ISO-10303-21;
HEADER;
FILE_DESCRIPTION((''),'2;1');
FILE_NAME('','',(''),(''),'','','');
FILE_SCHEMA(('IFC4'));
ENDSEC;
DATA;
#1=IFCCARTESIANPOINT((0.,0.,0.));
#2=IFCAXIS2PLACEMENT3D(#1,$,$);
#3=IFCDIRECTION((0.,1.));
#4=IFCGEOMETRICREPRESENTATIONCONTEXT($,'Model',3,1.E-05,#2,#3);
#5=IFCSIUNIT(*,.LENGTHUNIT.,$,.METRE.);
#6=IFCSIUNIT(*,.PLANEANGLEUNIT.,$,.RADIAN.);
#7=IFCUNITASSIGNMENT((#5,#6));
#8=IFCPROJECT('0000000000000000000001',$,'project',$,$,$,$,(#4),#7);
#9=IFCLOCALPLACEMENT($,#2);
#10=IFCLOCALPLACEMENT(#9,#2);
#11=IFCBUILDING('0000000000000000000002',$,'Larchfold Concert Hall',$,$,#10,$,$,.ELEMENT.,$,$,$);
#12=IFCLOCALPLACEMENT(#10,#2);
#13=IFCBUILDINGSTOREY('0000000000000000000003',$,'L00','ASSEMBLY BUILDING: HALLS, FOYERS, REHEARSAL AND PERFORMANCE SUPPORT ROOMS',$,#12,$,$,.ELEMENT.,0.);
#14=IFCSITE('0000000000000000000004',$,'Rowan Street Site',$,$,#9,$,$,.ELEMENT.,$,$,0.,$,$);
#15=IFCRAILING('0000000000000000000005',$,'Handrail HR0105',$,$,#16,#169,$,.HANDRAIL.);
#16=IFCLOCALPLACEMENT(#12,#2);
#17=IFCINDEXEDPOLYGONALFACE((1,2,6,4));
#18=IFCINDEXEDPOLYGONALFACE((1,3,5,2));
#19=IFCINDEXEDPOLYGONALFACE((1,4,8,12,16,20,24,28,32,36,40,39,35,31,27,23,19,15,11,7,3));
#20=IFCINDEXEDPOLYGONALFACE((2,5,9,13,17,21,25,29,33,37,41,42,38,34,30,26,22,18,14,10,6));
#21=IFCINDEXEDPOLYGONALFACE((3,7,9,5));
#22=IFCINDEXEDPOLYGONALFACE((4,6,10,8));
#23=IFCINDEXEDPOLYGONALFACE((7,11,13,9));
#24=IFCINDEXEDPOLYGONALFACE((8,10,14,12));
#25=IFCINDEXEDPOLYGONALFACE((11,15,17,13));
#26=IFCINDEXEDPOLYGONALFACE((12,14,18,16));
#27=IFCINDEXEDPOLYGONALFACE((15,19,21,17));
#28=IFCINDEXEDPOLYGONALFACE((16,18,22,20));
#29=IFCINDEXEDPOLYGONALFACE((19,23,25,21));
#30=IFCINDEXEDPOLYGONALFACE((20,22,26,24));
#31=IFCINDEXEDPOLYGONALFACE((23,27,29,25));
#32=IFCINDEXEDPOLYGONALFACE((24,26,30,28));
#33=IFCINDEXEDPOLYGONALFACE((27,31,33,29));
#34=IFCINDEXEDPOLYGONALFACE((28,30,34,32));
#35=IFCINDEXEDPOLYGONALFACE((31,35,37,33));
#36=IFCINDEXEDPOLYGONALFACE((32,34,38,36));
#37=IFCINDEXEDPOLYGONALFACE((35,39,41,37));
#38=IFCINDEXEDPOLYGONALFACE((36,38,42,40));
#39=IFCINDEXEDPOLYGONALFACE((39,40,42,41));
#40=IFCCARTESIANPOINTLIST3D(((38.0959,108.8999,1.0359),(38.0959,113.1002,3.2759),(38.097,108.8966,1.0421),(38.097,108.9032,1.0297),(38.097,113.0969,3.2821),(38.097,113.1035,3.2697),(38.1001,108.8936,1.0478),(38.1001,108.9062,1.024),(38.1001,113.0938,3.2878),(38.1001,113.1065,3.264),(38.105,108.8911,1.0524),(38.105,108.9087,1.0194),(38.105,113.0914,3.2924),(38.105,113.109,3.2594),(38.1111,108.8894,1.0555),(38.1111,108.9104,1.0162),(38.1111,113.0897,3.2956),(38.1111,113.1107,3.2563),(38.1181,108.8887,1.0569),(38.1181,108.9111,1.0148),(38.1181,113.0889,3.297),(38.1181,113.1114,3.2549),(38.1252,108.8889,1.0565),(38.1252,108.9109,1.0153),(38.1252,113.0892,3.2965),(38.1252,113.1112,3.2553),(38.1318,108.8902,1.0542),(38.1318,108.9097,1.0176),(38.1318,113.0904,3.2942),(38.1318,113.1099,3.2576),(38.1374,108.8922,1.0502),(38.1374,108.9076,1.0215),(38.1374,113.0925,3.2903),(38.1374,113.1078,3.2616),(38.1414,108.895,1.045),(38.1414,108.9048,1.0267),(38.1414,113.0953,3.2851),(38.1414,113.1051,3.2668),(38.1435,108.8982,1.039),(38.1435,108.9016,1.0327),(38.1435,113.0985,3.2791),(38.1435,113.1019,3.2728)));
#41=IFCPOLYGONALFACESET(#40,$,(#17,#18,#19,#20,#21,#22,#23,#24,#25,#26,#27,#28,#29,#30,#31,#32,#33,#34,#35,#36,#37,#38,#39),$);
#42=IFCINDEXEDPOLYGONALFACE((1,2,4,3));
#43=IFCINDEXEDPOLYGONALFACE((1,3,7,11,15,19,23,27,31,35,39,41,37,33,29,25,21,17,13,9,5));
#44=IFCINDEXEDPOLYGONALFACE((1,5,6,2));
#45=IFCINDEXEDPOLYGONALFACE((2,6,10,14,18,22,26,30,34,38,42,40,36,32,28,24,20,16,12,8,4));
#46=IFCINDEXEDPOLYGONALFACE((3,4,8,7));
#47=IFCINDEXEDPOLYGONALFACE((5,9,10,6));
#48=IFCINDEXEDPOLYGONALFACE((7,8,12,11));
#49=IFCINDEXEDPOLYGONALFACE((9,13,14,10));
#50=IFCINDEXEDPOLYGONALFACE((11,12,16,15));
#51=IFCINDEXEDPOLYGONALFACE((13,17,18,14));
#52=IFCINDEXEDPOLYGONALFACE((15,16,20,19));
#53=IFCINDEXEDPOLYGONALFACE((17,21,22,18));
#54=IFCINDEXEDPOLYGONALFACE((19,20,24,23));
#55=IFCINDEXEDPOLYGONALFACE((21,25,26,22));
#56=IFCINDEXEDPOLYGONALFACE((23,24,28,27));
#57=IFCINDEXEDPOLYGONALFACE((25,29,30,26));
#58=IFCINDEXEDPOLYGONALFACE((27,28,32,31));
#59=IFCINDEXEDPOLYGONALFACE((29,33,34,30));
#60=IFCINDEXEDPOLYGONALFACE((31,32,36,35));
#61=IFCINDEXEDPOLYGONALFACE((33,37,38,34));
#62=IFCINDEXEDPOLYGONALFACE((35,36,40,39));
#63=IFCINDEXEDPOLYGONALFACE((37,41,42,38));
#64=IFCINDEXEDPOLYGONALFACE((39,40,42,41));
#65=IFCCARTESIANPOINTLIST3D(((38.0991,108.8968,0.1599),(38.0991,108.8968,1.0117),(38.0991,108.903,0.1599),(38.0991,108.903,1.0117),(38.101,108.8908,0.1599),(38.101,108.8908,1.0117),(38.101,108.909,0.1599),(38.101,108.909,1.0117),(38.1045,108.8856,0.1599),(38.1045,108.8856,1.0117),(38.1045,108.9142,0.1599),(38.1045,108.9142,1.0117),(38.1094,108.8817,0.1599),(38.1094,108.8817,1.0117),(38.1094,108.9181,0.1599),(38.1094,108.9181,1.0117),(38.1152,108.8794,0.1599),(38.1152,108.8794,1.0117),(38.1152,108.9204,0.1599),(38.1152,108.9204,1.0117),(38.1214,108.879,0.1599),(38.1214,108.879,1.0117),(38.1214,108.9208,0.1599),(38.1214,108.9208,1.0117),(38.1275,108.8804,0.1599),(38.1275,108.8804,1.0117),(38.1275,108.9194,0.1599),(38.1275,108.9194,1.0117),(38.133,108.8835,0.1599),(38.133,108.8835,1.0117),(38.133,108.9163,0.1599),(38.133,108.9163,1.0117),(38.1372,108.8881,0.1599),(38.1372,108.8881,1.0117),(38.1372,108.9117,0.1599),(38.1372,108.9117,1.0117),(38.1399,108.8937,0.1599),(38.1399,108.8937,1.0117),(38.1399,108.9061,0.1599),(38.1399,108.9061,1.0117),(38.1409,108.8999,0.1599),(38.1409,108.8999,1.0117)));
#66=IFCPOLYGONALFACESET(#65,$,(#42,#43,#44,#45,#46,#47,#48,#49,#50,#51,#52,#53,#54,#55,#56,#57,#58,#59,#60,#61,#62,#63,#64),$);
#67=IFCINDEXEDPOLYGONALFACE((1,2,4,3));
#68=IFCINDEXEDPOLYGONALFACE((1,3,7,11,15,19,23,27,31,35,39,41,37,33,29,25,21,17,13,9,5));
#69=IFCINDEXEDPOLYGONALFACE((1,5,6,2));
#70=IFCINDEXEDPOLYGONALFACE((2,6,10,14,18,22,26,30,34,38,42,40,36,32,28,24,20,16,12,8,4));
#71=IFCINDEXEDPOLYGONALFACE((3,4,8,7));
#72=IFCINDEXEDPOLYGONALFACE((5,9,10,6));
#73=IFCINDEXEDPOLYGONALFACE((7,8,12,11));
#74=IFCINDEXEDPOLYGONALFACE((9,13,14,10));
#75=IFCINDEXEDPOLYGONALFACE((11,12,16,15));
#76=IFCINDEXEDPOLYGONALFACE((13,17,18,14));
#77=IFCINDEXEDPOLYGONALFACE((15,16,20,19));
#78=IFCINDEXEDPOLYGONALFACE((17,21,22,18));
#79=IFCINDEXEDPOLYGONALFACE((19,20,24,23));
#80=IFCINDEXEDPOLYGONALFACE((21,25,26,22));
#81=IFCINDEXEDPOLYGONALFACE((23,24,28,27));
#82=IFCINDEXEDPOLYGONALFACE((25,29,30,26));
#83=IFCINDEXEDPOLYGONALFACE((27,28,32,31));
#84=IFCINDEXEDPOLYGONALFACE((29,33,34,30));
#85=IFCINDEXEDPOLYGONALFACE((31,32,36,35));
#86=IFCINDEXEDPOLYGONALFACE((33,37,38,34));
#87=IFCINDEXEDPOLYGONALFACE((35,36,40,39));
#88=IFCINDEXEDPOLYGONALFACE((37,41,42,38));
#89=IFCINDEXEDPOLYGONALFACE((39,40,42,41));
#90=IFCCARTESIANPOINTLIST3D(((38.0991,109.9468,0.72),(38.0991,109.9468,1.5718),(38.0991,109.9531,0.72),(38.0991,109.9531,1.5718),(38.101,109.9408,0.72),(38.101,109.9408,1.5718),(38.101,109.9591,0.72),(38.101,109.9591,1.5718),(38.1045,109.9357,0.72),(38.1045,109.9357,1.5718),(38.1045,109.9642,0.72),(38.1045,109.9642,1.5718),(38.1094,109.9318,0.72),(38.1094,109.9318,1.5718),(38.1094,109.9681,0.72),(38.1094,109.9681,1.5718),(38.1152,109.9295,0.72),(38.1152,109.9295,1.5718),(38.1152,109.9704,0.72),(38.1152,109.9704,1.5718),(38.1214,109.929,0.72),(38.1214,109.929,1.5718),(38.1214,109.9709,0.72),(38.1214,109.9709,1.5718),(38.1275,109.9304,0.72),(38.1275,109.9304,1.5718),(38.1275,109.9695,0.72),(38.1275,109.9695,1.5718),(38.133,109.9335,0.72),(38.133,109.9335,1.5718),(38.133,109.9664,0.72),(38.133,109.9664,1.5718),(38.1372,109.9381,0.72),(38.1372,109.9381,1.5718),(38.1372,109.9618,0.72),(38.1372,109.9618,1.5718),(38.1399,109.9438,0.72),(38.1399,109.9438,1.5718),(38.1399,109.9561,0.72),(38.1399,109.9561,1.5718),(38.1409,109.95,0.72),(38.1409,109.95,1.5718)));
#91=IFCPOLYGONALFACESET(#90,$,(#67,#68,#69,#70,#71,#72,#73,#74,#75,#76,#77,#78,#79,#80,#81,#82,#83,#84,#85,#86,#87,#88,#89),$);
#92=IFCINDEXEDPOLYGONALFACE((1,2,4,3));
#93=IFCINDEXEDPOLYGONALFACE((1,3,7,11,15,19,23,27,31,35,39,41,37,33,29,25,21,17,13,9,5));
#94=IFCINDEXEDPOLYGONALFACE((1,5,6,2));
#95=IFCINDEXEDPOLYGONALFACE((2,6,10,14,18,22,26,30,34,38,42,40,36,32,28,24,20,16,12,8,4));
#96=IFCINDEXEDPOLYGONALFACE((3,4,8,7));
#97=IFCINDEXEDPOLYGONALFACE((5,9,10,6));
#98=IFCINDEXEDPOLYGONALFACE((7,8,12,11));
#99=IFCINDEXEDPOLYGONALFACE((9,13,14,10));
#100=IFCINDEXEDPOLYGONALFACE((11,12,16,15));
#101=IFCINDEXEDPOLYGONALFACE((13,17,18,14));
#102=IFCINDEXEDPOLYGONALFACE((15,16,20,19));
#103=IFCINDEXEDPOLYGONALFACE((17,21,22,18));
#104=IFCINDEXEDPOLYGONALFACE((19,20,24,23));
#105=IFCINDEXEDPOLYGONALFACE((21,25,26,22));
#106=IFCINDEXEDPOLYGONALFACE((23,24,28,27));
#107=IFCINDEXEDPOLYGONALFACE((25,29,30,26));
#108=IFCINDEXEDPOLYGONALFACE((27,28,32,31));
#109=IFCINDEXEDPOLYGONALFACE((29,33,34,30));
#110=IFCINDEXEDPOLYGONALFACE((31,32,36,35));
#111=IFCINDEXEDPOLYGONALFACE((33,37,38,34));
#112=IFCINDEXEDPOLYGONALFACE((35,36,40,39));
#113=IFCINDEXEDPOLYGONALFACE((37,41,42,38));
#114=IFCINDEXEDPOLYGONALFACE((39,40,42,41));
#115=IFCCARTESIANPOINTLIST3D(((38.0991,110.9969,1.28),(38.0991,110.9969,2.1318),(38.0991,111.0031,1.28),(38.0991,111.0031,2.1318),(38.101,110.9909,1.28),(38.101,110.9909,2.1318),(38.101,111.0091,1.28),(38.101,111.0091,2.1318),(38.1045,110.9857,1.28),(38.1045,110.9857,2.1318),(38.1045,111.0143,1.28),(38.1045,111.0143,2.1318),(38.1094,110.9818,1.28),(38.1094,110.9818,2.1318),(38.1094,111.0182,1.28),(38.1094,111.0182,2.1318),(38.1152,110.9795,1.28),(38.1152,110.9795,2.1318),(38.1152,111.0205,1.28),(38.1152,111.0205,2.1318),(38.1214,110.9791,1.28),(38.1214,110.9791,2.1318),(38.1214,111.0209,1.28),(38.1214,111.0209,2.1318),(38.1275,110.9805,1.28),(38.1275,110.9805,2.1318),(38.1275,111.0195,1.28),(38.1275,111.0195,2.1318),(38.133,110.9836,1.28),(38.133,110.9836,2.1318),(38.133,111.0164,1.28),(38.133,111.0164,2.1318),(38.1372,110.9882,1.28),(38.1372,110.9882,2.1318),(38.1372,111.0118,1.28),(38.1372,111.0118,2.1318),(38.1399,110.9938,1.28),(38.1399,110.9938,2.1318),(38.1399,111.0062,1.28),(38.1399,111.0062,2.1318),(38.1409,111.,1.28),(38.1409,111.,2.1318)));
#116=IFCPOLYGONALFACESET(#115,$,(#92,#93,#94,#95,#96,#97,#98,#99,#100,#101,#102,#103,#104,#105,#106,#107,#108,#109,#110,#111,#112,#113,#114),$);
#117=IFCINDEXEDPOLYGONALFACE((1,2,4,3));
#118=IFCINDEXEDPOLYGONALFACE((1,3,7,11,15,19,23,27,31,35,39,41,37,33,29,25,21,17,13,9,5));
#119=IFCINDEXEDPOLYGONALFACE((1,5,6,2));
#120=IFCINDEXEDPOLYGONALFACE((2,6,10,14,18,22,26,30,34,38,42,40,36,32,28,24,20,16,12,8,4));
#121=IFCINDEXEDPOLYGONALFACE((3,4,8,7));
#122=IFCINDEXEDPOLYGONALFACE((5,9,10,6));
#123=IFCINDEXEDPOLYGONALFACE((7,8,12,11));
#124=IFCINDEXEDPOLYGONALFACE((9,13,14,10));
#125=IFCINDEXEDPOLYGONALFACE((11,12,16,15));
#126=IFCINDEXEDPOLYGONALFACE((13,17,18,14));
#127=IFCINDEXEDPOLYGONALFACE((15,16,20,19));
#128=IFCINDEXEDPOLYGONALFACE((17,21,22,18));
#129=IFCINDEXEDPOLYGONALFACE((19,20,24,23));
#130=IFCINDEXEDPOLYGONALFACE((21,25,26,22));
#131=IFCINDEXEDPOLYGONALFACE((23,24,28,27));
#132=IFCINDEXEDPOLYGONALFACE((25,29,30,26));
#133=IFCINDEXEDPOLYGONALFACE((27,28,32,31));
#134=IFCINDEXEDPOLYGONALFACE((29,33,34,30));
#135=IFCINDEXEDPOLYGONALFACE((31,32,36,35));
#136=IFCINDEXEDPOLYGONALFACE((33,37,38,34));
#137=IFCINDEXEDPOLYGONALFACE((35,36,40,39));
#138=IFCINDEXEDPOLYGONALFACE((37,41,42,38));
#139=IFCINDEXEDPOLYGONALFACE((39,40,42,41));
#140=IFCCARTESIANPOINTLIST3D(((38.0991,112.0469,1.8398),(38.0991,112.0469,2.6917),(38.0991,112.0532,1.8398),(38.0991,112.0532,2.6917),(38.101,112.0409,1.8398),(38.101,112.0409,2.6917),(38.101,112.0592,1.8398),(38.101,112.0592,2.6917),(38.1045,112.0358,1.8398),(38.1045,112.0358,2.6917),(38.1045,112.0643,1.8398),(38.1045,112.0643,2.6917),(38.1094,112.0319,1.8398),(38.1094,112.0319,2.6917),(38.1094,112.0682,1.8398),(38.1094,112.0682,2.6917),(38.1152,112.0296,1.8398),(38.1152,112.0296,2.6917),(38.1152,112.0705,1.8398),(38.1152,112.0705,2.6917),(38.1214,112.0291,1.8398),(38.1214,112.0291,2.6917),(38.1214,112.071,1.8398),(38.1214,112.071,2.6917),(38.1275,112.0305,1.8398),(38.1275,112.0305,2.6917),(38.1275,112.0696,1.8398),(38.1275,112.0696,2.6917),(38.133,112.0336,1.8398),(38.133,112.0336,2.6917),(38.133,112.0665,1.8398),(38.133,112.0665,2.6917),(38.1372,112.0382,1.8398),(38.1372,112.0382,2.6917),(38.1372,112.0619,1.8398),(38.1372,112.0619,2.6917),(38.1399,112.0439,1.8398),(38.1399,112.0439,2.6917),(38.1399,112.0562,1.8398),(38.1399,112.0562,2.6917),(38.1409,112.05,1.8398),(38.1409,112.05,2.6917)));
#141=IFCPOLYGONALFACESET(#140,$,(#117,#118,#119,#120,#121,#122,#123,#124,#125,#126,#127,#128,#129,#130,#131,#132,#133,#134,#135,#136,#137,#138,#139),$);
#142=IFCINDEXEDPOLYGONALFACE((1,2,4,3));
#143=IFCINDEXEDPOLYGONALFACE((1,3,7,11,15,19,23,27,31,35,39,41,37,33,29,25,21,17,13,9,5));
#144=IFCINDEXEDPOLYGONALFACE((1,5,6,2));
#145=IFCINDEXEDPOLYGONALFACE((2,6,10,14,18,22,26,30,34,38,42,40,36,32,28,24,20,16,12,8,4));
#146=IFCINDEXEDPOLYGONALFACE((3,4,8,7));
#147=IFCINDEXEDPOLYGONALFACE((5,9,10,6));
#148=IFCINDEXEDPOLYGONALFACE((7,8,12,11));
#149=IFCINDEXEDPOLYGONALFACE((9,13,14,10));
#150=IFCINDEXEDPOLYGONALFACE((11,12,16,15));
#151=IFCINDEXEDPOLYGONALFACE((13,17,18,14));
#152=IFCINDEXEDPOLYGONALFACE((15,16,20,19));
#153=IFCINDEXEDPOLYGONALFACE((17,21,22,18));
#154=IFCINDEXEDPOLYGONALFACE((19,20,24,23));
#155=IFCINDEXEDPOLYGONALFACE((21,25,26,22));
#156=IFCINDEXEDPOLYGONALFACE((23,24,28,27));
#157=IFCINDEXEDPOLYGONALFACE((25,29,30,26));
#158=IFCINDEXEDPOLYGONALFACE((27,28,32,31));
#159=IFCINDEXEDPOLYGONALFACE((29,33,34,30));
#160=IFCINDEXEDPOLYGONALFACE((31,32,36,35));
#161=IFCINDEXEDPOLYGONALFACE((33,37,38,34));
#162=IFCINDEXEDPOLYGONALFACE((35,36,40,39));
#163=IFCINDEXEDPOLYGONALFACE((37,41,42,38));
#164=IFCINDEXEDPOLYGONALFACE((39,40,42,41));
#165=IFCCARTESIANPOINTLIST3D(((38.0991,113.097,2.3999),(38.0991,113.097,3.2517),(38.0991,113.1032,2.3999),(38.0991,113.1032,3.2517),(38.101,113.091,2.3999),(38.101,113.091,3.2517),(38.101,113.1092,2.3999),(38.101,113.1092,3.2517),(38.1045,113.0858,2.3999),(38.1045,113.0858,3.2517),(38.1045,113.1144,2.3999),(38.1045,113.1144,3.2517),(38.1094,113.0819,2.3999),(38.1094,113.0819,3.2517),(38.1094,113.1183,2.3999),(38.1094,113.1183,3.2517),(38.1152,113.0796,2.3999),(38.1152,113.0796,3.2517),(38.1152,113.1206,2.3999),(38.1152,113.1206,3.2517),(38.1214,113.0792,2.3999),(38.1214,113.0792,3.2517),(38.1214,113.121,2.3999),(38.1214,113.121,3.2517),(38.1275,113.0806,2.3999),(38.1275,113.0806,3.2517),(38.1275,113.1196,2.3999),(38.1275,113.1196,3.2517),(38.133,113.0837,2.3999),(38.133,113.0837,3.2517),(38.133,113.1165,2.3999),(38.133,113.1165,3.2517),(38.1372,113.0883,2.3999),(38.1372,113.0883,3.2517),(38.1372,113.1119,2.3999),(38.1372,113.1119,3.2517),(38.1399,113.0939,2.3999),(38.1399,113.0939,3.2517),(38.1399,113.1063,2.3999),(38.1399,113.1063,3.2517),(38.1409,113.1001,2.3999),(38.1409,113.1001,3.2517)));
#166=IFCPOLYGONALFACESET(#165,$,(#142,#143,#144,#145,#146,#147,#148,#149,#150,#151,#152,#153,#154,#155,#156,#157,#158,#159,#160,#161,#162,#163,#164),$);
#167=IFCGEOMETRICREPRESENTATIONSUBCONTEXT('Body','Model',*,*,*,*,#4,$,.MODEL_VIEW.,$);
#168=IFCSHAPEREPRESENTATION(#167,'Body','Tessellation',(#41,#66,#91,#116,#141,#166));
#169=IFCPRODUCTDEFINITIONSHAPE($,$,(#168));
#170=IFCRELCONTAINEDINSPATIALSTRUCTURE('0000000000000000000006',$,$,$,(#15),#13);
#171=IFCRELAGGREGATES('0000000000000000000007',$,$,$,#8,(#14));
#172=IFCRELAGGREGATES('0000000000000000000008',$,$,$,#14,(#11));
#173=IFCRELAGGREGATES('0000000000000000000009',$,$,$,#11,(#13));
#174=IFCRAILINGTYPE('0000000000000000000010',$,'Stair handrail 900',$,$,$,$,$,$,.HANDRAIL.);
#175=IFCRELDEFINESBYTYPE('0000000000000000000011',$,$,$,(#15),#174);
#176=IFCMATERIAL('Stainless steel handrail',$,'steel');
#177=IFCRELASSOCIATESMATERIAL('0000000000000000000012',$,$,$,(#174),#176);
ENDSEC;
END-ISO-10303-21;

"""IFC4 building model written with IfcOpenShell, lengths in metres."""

from ifc_helpers import new_model, si_unit, direction, frame, origin, origin_2d, place, context, subcontext, project, spatial, circle, extrude, material, type_object, element, save


model = new_model("IFC4")

# Units and contexts
model_context = context("Model", 3, precision=1e-05, world=origin(), true_north=direction((0.0, 1.0)))
body_context = subcontext(model_context, "Body", "Model", "MODEL_VIEW")
ifc_project = project(units=[si_unit("LENGTHUNIT", "METRE"), si_unit("PLANEANGLEUNIT", "RADIAN")], contexts=[model_context])

# Site, building, storey
site_placement = place(None, origin())
site = spatial("IfcSite", under=ifc_project, at=site_placement, Name="Rowan Street Site", CompositionType="ELEMENT", RefElevation=0.0)
building_placement = place(site_placement, origin())
building = spatial("IfcBuilding", under=site, at=building_placement, Name="Larchfold Concert Hall", CompositionType="ELEMENT")
storey_placement = place(building_placement, origin())
storey = spatial("IfcBuildingStorey", under=building, at=storey_placement, Name="L00", Description="ASSEMBLY BUILDING: HALLS, FOYERS, REHEARSAL AND PERFORMANCE SUPPORT ROOMS", CompositionType="ELEMENT", Elevation=0.0)

# Railing
ifc_material_1 = material(Name="Stainless steel handrail", Category="steel")
railing_type_1 = type_object("IfcRailingType", Name="Stair handrail 900", PredefinedType="HANDRAIL", material=ifc_material_1)
for number, where, name in (
    (1, (38.1199, 108.8999, 0.1599), "Handrail HR0105"),
):
    element("IfcRailing", number, at=place(storey_placement, frame(where)), inside=storey, type_object=railing_type_1, Name=name, PredefinedType="HANDRAIL", context=body_context, shape_type="SweptSolid", body=[
        extrude(circle(Radius=0.0239, at=origin_2d()), frame((0.0, 0.0, 0.876), z_axis=(0.0, 0.882363, 0.47057), x_axis=(-1.0, 0.0, 0.0)), (0.0, 0.0, 1.0), 4.7603),
        extrude(circle(Radius=0.021, at=origin_2d()), origin(), (0.0, 0.0, 1.0), 0.8518),
        extrude(circle(Radius=0.021, at=origin_2d()), frame((0.0, 1.05, 0.5601)), (0.0, 0.0, 1.0), 0.8518),
        extrude(circle(Radius=0.021, at=origin_2d()), frame((0.0, 2.1001, 1.1201)), (0.0, 0.0, 1.0), 0.8518),
        extrude(circle(Radius=0.021, at=origin_2d()), frame((0.0, 3.1501, 1.6799)), (0.0, 0.0, 1.0), 0.8518),
        extrude(circle(Radius=0.021, at=origin_2d()), frame((0.0, 4.2002, 2.24)), (0.0, 0.0, 1.0), 0.8518),
    ])

save(model, "model.ifc")
